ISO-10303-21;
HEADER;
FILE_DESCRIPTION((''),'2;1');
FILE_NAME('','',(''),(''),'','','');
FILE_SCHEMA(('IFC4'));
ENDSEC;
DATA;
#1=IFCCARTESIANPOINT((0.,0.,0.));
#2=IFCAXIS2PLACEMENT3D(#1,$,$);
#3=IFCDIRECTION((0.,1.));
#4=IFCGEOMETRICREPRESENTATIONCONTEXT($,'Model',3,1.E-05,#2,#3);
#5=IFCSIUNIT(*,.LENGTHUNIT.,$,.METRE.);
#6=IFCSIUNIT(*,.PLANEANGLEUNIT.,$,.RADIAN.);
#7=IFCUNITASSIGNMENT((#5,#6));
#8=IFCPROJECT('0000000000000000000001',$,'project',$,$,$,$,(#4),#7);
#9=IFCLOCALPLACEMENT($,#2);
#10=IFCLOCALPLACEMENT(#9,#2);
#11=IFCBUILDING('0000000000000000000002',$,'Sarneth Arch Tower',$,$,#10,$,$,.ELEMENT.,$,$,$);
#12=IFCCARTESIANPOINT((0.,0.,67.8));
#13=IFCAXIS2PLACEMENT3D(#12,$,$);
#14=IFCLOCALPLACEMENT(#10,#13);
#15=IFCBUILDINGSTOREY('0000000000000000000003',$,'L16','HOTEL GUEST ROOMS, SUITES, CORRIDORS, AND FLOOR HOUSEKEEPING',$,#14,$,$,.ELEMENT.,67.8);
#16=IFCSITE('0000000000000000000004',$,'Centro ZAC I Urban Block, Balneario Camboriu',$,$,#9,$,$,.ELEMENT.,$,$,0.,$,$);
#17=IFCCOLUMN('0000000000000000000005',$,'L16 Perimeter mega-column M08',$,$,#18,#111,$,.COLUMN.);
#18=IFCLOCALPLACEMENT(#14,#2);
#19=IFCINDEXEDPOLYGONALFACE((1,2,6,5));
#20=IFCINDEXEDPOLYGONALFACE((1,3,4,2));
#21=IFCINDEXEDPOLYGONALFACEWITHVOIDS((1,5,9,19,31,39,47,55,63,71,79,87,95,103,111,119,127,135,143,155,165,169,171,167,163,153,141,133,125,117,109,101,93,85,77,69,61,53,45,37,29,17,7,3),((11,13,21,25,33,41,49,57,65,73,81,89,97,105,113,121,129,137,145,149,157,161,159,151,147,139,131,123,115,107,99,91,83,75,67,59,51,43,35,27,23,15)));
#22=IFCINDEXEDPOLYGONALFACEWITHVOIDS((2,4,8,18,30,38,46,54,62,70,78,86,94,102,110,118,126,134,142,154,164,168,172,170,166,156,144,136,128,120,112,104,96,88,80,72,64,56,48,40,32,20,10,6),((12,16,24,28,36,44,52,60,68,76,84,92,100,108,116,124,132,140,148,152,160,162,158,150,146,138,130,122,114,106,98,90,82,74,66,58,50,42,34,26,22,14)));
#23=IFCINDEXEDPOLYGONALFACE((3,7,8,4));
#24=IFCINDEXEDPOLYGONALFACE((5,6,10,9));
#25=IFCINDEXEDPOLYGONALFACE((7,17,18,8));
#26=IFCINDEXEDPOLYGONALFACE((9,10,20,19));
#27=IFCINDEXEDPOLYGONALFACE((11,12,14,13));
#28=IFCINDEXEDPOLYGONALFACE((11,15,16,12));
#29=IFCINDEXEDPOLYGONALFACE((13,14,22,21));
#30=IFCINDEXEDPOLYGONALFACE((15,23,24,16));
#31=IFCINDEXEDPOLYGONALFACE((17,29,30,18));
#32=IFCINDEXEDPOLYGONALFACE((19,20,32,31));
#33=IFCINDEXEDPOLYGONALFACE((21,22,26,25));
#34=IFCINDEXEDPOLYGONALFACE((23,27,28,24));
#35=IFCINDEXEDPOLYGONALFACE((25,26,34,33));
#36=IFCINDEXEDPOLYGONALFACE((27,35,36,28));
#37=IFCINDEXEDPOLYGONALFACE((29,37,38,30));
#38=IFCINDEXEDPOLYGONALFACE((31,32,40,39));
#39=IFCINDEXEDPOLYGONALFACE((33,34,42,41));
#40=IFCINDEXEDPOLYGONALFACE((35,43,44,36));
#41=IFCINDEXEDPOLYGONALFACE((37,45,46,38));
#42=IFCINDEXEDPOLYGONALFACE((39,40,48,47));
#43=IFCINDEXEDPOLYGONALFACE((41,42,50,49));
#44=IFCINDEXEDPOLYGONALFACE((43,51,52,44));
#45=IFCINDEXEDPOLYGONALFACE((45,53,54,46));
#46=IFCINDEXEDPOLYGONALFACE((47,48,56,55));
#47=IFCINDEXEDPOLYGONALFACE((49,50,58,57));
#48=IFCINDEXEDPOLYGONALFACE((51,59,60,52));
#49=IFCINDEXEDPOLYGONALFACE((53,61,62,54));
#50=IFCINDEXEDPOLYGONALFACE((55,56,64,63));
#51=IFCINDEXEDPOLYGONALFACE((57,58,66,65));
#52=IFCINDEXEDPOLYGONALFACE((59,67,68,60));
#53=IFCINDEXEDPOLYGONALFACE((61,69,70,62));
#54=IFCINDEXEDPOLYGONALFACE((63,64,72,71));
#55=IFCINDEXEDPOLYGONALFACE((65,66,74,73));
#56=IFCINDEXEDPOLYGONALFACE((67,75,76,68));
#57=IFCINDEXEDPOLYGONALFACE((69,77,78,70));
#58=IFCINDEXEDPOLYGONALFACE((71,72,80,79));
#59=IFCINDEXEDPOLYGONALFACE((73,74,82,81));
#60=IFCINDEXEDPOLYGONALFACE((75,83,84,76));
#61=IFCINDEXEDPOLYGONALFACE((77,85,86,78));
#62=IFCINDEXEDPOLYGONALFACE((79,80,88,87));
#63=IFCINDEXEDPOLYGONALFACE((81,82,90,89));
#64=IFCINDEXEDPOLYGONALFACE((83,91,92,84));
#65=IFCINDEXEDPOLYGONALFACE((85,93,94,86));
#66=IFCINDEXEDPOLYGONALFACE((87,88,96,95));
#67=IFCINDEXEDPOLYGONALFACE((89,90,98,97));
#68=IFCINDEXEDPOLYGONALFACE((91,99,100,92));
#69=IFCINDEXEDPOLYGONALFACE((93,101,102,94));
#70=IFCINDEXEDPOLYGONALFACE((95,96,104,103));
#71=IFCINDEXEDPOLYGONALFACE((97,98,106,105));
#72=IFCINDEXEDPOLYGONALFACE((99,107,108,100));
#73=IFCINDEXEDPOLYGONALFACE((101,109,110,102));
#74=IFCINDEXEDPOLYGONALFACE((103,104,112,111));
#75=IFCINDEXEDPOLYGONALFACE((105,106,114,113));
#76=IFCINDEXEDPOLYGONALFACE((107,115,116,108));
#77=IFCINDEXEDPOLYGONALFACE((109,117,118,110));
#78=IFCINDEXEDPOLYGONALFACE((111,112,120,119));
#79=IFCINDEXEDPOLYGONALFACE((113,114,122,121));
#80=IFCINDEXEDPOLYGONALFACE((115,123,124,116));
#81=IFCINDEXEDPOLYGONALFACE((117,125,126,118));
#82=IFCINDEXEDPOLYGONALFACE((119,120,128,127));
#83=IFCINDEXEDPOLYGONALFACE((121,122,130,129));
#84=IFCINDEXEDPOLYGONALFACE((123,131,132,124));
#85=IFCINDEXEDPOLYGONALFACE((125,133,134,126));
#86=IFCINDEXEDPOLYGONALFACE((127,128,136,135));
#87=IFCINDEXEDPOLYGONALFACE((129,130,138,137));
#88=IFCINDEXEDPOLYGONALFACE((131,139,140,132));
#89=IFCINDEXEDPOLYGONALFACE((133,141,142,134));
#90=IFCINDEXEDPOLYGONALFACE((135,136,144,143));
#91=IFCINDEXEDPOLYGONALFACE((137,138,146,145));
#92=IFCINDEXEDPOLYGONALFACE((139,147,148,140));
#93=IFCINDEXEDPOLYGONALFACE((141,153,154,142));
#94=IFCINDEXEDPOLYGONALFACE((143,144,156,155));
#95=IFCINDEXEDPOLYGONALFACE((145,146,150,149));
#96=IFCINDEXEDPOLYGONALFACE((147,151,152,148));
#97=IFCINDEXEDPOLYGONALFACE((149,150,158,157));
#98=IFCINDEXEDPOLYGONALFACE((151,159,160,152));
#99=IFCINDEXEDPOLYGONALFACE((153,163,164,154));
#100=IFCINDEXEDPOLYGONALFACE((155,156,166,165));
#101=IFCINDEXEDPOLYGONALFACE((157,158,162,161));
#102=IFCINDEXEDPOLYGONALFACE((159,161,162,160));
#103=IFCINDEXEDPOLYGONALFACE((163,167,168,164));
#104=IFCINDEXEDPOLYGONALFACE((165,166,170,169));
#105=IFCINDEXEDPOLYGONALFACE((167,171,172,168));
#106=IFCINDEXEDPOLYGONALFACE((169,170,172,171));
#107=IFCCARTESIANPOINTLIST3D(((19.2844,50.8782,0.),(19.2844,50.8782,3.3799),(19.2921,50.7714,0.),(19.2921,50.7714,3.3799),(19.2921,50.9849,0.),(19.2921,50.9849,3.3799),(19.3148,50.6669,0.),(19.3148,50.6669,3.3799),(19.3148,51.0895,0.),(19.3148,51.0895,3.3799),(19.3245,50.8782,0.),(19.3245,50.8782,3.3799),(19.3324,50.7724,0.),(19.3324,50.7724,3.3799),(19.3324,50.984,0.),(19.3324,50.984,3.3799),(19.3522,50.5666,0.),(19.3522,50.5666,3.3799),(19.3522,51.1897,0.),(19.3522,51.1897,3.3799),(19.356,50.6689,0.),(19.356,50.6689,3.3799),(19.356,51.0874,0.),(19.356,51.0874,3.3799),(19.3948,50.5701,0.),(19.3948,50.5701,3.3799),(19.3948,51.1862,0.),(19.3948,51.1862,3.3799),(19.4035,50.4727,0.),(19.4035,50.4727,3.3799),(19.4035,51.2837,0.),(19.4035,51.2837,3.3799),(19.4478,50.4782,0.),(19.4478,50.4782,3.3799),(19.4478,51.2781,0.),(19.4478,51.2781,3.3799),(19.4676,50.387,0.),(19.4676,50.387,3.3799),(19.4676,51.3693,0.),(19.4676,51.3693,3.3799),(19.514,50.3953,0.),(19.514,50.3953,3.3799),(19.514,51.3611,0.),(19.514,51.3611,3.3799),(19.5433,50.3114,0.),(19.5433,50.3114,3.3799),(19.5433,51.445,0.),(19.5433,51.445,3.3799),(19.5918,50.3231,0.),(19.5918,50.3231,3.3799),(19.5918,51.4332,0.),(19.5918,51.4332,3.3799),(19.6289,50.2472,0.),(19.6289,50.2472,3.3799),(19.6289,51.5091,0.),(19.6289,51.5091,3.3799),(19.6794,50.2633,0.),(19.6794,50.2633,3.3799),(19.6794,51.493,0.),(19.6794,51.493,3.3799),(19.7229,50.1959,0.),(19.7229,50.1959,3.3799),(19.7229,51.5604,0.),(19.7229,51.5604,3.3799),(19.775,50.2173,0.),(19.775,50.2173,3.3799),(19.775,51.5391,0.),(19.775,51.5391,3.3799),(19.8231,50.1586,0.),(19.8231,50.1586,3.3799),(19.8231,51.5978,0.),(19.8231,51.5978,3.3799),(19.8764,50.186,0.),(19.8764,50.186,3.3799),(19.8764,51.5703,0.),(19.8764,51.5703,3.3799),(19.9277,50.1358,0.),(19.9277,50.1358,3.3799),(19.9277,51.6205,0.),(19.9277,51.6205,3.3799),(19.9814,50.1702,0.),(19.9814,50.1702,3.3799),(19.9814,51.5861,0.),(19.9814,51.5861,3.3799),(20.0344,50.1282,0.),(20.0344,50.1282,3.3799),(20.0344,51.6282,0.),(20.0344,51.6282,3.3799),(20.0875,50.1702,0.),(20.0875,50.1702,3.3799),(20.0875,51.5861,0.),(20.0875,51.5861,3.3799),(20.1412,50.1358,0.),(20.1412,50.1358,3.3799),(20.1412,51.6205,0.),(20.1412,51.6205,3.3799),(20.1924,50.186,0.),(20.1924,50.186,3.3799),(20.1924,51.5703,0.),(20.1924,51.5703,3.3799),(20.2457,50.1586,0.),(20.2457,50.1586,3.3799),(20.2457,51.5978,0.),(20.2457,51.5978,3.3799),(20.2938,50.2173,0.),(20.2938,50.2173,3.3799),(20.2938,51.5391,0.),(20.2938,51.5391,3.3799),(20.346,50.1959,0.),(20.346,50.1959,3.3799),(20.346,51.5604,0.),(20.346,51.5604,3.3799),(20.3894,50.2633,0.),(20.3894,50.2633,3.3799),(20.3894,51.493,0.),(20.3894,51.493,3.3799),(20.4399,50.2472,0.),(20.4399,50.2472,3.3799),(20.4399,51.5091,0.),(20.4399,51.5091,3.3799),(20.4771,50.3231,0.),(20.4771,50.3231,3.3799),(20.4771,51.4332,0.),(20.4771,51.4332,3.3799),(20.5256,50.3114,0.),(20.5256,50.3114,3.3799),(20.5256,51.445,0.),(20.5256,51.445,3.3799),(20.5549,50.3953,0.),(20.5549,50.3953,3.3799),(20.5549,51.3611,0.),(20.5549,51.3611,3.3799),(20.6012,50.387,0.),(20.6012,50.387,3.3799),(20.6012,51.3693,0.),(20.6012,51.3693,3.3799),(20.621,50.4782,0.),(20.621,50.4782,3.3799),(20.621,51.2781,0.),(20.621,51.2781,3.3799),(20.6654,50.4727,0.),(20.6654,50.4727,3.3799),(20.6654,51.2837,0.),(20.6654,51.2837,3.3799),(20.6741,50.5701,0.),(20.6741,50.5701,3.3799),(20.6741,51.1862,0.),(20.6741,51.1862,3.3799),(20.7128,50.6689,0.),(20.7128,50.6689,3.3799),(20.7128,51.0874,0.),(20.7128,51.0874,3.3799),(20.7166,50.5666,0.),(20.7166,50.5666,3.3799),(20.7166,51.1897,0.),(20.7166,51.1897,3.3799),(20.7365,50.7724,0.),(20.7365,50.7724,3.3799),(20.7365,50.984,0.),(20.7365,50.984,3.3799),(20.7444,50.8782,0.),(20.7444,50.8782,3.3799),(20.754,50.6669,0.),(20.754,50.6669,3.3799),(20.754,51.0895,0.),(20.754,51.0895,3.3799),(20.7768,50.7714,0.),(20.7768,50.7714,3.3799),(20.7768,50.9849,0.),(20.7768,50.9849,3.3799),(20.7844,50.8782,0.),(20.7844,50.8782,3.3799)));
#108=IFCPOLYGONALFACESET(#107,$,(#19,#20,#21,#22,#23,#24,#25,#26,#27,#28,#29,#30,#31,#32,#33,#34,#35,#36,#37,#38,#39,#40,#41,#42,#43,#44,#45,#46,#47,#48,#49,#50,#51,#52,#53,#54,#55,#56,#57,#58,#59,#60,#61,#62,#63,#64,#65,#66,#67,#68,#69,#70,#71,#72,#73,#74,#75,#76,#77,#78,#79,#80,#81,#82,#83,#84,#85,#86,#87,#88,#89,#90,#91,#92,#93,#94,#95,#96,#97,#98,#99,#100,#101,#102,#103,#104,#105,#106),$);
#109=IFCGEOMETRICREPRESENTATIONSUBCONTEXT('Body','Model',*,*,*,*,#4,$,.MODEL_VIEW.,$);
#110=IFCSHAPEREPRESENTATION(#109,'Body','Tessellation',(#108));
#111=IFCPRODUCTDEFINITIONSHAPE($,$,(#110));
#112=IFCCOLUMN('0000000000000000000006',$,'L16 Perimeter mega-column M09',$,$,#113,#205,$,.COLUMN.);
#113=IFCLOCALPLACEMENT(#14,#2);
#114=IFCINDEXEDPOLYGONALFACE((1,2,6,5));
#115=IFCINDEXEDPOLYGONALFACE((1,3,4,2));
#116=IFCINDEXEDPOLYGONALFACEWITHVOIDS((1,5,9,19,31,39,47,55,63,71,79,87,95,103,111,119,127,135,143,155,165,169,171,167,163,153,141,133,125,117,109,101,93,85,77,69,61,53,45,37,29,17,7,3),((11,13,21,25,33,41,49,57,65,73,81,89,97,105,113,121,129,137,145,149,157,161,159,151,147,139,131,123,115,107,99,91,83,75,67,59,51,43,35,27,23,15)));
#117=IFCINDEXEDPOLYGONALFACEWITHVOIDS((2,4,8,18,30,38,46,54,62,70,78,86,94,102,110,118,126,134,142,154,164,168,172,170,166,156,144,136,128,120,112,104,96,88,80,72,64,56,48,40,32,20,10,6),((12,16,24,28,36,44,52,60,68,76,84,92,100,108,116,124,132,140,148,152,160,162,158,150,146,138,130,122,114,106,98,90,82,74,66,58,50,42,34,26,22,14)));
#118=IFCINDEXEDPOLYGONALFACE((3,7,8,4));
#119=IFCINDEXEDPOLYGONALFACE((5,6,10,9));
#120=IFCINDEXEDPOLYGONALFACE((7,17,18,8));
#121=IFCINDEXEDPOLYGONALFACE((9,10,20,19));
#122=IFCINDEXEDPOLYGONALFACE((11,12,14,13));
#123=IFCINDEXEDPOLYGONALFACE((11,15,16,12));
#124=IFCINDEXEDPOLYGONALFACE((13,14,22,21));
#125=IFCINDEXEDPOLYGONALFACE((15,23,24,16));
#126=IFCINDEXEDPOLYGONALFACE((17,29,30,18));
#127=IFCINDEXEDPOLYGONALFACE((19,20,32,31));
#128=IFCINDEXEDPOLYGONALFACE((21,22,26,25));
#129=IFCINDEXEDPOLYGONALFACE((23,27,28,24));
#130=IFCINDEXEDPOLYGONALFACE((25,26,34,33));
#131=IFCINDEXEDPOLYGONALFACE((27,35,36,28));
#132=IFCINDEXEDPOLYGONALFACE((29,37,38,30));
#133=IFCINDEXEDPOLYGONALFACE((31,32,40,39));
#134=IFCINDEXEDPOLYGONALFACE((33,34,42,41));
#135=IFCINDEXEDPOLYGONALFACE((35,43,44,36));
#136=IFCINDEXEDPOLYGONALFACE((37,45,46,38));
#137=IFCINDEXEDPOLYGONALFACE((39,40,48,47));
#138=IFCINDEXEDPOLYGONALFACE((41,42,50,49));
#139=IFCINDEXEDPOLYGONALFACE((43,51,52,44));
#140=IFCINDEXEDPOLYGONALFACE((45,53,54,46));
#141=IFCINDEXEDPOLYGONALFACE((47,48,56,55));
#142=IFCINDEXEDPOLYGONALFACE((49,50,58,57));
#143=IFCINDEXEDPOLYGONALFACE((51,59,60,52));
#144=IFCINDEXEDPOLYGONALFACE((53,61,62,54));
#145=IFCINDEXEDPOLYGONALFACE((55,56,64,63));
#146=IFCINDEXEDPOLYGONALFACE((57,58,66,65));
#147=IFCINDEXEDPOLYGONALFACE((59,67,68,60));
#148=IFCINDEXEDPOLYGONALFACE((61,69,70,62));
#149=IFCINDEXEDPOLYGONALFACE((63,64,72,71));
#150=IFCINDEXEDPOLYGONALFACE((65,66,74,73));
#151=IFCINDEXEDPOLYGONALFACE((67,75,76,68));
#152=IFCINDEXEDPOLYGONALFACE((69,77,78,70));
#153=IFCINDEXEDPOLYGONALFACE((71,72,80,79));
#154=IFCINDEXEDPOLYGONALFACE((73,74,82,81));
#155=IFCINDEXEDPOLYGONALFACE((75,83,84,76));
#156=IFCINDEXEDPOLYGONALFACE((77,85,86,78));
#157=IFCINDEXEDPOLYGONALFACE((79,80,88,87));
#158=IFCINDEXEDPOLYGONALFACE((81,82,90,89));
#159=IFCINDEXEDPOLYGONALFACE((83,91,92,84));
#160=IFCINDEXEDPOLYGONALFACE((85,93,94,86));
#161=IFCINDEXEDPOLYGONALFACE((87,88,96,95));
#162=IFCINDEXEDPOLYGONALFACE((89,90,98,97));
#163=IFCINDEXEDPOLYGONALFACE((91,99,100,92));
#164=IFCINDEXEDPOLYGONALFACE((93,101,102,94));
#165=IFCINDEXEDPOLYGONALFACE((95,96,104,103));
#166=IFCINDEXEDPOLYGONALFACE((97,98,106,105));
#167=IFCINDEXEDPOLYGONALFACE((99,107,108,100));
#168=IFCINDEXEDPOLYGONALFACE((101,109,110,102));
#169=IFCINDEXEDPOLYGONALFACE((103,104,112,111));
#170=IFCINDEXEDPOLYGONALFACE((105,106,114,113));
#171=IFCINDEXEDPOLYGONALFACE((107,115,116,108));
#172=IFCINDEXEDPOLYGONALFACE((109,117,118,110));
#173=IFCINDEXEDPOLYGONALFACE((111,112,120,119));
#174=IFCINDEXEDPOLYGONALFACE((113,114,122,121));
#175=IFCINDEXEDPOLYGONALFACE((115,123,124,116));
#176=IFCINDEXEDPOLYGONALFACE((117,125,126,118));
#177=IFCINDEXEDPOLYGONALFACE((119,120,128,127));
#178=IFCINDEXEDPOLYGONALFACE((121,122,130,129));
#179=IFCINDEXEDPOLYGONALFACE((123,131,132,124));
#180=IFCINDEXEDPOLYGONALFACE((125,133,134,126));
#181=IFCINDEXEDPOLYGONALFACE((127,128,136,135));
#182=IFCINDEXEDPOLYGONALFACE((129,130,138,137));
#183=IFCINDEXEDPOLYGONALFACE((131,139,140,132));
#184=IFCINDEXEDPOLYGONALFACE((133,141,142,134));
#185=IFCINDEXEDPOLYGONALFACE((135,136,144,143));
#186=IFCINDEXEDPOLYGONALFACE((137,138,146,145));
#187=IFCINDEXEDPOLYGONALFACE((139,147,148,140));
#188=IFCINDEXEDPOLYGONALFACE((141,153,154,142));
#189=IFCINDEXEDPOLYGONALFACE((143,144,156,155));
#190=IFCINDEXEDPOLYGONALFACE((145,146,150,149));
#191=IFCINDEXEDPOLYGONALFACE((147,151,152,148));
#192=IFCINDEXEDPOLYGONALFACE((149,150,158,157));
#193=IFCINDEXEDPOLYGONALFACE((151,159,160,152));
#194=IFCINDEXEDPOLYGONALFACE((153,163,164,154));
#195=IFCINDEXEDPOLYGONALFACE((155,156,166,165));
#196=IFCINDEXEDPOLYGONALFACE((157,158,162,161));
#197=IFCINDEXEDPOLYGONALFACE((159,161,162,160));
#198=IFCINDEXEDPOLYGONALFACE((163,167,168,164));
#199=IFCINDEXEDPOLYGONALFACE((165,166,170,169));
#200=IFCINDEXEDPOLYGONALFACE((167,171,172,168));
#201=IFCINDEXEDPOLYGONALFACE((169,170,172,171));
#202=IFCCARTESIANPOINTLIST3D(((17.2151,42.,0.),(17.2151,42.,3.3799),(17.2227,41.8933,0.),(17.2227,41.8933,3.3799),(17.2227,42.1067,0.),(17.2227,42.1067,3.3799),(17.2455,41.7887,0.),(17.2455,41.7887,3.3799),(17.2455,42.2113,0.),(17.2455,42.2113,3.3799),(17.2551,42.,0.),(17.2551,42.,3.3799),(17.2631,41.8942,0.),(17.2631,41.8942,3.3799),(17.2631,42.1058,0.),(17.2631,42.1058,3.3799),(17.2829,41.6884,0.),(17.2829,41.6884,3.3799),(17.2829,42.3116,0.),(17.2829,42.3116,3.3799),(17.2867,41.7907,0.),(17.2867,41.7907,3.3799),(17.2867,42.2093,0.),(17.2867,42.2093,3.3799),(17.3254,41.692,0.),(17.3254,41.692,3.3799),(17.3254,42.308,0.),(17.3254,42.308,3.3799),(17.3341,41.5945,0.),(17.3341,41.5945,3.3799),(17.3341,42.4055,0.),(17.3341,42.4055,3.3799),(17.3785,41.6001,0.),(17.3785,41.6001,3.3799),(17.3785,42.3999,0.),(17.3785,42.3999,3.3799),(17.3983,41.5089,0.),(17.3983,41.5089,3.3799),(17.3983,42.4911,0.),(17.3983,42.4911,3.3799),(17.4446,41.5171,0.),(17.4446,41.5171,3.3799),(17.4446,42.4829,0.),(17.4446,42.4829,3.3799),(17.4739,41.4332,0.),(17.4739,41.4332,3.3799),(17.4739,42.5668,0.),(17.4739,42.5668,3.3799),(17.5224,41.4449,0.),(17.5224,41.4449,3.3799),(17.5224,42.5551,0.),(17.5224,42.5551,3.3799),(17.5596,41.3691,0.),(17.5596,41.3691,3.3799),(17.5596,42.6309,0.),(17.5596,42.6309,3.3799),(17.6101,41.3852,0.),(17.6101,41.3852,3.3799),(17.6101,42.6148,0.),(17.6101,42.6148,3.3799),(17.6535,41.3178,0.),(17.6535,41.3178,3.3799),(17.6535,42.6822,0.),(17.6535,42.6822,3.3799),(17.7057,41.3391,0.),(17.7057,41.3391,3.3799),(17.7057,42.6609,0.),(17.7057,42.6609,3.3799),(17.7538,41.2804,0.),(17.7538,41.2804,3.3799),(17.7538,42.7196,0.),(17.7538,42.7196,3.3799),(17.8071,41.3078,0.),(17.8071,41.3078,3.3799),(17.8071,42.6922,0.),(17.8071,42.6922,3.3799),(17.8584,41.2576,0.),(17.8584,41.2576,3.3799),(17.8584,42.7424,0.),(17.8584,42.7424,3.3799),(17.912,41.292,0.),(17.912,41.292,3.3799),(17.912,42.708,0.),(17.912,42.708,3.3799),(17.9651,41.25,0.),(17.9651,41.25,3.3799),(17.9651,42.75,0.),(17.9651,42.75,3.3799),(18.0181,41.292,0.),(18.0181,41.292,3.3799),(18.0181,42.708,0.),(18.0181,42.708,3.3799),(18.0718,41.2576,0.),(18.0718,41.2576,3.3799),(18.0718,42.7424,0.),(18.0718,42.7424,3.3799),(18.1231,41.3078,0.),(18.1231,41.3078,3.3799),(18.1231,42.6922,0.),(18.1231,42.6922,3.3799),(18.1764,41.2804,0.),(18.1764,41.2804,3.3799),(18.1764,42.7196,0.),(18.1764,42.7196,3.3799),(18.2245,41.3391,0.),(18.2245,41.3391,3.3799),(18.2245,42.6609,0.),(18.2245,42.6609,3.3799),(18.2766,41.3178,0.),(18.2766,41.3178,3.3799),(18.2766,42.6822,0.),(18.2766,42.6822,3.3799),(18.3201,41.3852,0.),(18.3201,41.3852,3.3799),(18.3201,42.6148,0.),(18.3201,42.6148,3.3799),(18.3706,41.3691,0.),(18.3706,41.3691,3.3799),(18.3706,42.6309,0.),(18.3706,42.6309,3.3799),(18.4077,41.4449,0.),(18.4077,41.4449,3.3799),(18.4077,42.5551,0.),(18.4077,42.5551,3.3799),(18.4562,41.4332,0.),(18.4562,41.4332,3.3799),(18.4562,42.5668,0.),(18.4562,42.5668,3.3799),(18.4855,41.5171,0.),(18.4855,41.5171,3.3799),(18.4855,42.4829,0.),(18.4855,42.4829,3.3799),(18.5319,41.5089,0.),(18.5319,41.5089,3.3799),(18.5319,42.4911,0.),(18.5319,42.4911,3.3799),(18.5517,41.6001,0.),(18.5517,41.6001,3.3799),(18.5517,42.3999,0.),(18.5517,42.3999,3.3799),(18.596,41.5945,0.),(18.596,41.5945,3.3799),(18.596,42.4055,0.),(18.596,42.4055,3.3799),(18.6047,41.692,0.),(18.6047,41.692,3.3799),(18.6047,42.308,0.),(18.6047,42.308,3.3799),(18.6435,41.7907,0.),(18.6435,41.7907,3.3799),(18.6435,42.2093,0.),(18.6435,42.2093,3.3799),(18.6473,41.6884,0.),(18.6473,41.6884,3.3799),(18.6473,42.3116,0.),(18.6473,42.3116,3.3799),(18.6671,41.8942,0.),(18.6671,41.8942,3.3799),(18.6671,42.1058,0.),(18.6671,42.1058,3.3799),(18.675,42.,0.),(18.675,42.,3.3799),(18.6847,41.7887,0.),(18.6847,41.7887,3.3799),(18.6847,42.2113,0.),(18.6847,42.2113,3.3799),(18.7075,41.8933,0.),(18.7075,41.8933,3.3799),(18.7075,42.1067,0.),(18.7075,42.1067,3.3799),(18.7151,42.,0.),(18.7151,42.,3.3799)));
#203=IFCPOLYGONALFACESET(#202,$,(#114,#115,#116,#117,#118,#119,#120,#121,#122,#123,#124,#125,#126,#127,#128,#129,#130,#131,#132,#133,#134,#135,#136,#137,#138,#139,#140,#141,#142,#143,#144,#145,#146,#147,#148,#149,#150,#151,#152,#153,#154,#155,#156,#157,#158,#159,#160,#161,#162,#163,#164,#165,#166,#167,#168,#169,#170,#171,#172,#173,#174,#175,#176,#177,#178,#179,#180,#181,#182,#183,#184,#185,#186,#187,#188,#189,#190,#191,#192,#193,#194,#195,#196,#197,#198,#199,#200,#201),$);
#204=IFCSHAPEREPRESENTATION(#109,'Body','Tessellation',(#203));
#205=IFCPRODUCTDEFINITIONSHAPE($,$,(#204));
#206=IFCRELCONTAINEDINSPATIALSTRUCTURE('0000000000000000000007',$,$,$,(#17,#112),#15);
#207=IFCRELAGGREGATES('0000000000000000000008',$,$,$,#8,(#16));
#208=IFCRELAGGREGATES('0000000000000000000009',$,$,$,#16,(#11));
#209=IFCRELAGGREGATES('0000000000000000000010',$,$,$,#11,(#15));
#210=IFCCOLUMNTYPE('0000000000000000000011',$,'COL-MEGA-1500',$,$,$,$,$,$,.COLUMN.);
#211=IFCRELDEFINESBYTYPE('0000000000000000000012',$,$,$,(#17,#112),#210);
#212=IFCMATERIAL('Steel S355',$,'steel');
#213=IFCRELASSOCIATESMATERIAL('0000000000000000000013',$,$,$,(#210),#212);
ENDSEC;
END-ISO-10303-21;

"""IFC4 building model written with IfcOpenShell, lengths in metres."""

from ifc_helpers import new_model, si_unit, direction, frame, origin, origin_2d, place, context, subcontext, project, spatial, hollow_circle, extrude, material, material_profile, profile_set, type_object, element, save


model = new_model("IFC4")

# Units and contexts
model_context = context("Model", 3, precision=1e-05, world=origin(), true_north=direction((0.0, 1.0)))
body_context = subcontext(model_context, "Body", "Model", "MODEL_VIEW")
ifc_project = project(units=[si_unit("LENGTHUNIT", "METRE"), si_unit("PLANEANGLEUNIT", "RADIAN")], contexts=[model_context])

# Site, building, storey
site_placement = place(None, origin())
site = spatial("IfcSite", under=ifc_project, at=site_placement, Name="Centro ZAC I Urban Block, Balneario Camboriu", CompositionType="ELEMENT", RefElevation=0.0)
building_placement = place(site_placement, origin())
building = spatial("IfcBuilding", under=site, at=building_placement, Name="Sarneth Arch Tower", CompositionType="ELEMENT")
storey_placement = place(building_placement, frame((0.0, 0.0, 67.8)))
storey = spatial("IfcBuildingStorey", under=building, at=storey_placement, Name="L16", Description="HOTEL GUEST ROOMS, SUITES, CORRIDORS, AND FLOOR HOUSEKEEPING", CompositionType="ELEMENT", Elevation=67.8)

# Columns
ifc_material_1 = material(Name="Steel S355", Category="steel")
ifc_material_profile_1 = material_profile(ifc_material_1, hollow_circle(Radius=0.75, WallThickness=0.04, at=origin_2d()), Name="CHS1500x40")
ifc_profile_set_1 = profile_set([ifc_material_profile_1], Name="Steel S355")
column_type = type_object("IfcColumnType", Name="COL-MEGA-1500", PredefinedType="COLUMN", material=ifc_profile_set_1)
for number, where, z_axis, x_axis, name in (
    (1, (20.0344, 50.8782, 0.0), (0.0, 0.0, 1.0), (1.0, 0.0, 0.0), "L16 Perimeter mega-column M08"),
    (2, (17.9651, 42.0, 0.0), (0.0, 0.0, 1.0), (1.0, 0.0, 0.0), "L16 Perimeter mega-column M09"),
):
    element("IfcColumn", number, at=place(storey_placement, frame(where, z_axis=z_axis, x_axis=x_axis)), inside=storey, type_object=column_type, Name=name, PredefinedType="COLUMN", context=body_context, shape_type="SweptSolid", body=[
        extrude(hollow_circle(Radius=0.75, WallThickness=0.04, at=origin_2d()), origin(), (0.0, 0.0, 1.0), 3.3799),
    ])

save(model, "model.ifc")
